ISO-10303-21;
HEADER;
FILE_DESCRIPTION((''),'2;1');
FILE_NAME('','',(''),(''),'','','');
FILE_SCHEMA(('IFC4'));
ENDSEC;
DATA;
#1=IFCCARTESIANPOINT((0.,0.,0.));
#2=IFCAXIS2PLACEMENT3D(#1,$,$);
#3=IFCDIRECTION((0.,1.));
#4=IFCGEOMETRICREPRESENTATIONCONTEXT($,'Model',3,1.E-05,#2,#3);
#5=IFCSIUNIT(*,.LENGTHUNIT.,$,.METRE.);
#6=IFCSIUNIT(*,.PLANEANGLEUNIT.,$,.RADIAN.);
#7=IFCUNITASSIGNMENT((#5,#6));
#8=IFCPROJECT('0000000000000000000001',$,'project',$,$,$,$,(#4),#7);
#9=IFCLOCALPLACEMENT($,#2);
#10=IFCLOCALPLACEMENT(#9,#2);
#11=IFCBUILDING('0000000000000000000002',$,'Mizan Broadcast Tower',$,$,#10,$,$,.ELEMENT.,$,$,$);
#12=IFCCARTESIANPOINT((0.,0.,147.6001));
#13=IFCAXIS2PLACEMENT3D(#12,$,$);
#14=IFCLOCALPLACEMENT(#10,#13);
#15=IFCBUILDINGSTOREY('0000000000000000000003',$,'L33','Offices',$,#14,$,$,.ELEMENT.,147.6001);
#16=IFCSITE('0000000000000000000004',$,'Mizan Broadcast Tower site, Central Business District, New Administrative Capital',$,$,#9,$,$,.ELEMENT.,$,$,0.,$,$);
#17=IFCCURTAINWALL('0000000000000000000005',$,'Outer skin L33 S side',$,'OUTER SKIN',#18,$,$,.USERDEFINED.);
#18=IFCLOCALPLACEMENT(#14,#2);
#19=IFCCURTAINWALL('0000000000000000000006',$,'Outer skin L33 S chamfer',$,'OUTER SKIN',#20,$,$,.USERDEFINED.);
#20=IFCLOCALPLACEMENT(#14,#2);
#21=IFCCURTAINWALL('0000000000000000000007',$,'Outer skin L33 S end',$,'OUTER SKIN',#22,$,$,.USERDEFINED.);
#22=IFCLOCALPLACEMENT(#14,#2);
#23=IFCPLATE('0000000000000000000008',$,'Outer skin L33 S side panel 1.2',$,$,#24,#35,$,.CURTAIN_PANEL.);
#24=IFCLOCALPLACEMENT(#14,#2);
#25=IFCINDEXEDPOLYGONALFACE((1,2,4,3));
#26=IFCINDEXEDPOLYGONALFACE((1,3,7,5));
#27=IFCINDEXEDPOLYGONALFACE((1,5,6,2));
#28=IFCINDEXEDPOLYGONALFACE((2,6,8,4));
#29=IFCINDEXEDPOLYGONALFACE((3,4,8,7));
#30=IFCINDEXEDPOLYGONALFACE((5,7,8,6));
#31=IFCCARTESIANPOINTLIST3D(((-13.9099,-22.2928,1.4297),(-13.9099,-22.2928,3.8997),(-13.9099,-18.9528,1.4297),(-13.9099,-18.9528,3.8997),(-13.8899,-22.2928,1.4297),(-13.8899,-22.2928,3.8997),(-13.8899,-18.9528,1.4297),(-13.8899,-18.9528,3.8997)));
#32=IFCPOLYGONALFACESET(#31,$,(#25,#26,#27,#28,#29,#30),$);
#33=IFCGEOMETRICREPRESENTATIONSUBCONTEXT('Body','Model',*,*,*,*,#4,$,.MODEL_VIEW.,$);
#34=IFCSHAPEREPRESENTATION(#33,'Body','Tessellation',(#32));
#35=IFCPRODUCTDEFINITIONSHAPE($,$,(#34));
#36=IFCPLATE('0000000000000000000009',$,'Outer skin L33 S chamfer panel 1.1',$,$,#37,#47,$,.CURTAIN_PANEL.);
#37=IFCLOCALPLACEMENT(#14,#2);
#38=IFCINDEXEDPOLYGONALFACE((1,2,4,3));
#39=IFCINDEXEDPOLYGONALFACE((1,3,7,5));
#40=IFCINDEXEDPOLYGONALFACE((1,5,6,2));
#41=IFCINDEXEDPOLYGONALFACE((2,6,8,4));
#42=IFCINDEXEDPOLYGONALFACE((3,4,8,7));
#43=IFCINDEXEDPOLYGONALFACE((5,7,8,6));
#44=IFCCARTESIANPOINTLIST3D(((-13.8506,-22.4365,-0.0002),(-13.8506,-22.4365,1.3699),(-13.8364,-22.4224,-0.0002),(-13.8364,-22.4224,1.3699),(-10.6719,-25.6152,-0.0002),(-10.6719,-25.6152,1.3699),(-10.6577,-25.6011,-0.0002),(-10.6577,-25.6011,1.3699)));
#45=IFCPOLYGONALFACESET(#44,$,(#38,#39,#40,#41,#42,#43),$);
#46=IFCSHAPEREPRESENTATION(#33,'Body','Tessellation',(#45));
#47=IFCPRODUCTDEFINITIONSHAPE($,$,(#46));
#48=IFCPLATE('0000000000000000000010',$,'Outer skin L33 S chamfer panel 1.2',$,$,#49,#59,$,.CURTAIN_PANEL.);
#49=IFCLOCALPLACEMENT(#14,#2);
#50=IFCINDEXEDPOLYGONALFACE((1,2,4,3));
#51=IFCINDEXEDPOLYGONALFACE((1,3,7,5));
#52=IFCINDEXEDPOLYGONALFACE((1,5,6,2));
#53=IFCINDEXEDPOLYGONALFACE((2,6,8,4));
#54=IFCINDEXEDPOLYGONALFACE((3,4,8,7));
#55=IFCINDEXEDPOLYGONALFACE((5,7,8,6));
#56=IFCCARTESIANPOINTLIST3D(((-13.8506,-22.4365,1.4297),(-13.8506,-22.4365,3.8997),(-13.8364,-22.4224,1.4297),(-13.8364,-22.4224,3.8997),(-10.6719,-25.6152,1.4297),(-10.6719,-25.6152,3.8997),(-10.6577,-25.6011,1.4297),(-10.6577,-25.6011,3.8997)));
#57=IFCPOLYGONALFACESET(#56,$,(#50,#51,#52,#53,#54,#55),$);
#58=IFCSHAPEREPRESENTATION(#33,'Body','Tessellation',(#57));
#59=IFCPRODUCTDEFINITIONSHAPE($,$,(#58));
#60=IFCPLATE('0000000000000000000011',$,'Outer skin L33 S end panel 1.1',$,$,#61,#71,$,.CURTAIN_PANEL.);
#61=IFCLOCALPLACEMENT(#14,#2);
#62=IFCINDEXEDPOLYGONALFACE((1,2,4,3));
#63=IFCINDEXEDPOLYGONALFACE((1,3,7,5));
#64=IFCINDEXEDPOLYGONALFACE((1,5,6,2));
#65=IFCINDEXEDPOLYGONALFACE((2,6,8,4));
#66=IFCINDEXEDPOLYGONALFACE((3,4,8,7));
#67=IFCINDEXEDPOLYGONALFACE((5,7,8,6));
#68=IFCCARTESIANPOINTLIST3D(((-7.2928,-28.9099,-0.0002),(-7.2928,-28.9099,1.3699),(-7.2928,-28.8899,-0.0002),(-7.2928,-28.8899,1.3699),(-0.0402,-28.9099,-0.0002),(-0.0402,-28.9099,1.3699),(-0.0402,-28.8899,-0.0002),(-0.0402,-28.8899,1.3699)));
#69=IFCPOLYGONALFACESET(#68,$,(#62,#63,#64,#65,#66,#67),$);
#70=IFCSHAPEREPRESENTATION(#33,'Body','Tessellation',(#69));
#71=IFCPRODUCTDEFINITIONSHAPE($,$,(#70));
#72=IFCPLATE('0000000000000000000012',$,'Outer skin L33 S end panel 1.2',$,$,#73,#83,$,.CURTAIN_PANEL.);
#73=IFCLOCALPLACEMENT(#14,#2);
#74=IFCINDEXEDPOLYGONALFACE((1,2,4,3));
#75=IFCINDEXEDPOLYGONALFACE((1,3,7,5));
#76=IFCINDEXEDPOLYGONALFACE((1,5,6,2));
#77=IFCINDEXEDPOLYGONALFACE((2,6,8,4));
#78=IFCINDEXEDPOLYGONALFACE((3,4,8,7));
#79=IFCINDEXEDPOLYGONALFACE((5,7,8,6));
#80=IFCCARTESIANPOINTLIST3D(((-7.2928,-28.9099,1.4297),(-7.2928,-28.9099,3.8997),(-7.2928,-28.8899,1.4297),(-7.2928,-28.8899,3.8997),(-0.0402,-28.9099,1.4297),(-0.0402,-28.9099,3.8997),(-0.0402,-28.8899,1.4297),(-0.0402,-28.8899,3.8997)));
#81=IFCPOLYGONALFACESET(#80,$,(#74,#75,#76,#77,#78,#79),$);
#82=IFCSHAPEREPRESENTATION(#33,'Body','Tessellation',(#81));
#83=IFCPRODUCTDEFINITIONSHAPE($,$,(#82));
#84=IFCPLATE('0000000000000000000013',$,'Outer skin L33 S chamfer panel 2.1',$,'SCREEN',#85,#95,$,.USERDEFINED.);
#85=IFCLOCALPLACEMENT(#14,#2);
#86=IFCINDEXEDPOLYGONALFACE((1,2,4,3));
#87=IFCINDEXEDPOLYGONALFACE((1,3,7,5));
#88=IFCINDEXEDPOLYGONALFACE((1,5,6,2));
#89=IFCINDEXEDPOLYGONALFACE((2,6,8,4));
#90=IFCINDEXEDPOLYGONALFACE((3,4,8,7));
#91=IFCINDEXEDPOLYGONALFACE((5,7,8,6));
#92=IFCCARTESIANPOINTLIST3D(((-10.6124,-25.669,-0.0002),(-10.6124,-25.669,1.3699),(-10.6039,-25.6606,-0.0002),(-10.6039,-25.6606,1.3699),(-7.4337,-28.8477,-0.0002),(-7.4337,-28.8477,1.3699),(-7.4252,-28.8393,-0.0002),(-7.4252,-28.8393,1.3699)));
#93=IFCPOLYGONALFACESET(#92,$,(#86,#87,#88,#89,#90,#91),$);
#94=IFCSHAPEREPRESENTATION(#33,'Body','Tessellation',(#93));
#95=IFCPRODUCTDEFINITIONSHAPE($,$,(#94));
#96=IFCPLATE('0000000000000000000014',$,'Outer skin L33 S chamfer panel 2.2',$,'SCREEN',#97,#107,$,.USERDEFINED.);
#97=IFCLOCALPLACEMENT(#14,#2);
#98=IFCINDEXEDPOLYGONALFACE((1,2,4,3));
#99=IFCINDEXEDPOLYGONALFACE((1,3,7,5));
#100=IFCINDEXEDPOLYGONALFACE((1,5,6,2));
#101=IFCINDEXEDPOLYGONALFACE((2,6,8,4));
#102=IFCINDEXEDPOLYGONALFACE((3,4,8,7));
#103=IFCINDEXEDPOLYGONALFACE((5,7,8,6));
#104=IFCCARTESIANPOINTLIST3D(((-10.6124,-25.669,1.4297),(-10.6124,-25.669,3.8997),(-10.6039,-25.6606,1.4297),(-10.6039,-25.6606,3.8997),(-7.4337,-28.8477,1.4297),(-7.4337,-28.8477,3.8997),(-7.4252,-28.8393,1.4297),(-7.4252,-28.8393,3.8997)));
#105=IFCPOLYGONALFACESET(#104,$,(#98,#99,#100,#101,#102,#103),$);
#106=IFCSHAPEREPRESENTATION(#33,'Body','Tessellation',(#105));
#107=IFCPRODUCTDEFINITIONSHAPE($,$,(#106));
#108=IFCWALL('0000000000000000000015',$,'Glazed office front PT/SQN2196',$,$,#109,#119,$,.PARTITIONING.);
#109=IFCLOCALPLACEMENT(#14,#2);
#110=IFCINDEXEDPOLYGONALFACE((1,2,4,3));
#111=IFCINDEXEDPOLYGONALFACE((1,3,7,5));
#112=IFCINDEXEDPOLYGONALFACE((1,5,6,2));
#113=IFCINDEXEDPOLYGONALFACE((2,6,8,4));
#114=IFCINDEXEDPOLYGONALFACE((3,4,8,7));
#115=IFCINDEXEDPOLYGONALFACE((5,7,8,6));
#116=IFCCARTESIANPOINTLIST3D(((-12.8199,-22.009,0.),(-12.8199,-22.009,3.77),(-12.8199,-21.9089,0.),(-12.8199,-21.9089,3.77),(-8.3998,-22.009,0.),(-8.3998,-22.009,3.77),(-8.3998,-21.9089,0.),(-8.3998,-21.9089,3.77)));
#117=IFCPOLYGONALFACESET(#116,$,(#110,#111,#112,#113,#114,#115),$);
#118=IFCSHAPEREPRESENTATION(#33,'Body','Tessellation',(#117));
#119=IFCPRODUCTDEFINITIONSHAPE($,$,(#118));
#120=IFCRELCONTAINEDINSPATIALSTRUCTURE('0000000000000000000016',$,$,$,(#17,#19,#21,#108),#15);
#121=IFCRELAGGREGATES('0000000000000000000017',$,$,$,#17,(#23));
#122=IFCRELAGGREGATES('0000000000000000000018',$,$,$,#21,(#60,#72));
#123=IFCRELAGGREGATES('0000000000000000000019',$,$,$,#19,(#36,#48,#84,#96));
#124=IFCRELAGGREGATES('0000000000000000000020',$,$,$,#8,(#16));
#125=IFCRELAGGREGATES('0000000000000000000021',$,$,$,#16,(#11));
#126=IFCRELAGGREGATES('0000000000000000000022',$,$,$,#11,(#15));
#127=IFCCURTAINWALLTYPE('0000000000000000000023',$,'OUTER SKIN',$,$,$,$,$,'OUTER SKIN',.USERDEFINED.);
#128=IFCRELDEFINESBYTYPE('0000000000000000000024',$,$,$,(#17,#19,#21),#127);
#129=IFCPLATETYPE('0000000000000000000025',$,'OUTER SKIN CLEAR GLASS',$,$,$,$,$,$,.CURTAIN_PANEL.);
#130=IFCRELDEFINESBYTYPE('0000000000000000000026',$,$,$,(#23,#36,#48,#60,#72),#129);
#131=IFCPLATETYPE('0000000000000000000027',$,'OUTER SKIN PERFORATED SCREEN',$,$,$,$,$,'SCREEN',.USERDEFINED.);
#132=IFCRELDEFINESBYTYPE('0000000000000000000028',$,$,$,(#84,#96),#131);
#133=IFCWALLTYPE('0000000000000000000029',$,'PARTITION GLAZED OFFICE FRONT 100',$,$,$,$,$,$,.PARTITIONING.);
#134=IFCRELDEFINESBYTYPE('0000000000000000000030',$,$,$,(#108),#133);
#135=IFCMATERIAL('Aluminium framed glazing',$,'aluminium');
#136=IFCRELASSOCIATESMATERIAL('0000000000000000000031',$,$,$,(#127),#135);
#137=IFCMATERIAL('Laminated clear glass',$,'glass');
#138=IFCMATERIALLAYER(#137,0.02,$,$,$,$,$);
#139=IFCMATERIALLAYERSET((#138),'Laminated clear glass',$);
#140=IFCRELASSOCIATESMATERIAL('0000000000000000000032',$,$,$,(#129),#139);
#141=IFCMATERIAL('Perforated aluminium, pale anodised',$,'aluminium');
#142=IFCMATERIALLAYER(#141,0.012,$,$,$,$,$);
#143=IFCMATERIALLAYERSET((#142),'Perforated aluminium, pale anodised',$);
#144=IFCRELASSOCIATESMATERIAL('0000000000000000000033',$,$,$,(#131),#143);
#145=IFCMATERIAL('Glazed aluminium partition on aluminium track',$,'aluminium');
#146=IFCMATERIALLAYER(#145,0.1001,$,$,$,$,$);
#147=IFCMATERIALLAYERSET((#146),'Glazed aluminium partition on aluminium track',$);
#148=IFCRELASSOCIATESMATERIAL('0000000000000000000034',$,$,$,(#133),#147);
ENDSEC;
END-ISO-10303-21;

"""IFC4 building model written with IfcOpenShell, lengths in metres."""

from ifc_helpers import new_model, si_unit, direction, frame, frame_2d, origin, origin_2d, place, context, subcontext, project, spatial, rectangle, extrude, material, layer, layer_set, type_object, element, aggregate, save


model = new_model("IFC4")

# Units and contexts
model_context = context("Model", 3, precision=1e-05, world=origin(), true_north=direction((0.0, 1.0)))
body_context = subcontext(model_context, "Body", "Model", "MODEL_VIEW")
ifc_project = project(units=[si_unit("LENGTHUNIT", "METRE"), si_unit("PLANEANGLEUNIT", "RADIAN")], contexts=[model_context])

# Site, building, storey
site_placement = place(None, origin())
site = spatial("IfcSite", under=ifc_project, at=site_placement, Name="Mizan Broadcast Tower site, Central Business District, New Administrative Capital", CompositionType="ELEMENT", RefElevation=0.0)
building_placement = place(site_placement, origin())
building = spatial("IfcBuilding", under=site, at=building_placement, Name="Mizan Broadcast Tower", CompositionType="ELEMENT")
storey_placement = place(building_placement, frame((0.0, 0.0, 147.6001)))
storey = spatial("IfcBuildingStorey", under=building, at=storey_placement, Name="L33", Description="Offices", CompositionType="ELEMENT", Elevation=147.6001)

# Curtain wall
ifc_material_1 = material(Name="Aluminium framed glazing", Category="aluminium")
curtain_wall_type_1 = type_object("IfcCurtainWallType", Name="OUTER SKIN", ElementType="OUTER SKIN", PredefinedType="USERDEFINED", material=ifc_material_1)
curtain_wall_1_placement = place(storey_placement, origin())
curtain_wall_1 = element("IfcCurtainWall", 1, at=curtain_wall_1_placement, inside=storey, type_object=curtain_wall_type_1, Name="Outer skin L33 S side", ObjectType="OUTER SKIN", PredefinedType="USERDEFINED")

# Curtain wall
curtain_wall_2_placement = place(storey_placement, origin())
curtain_wall_2 = element("IfcCurtainWall", 2, at=curtain_wall_2_placement, inside=storey, type_object=curtain_wall_type_1, Name="Outer skin L33 S chamfer", ObjectType="OUTER SKIN", PredefinedType="USERDEFINED")

# Curtain wall
curtain_wall_3_placement = place(storey_placement, origin())
curtain_wall_3 = element("IfcCurtainWall", 3, at=curtain_wall_3_placement, inside=storey, type_object=curtain_wall_type_1, Name="Outer skin L33 S end", ObjectType="OUTER SKIN", PredefinedType="USERDEFINED")

# Plates
ifc_material_2 = material(Name="Laminated clear glass", Category="glass")
ifc_layer_1 = layer(ifc_material_2, 0.02)
ifc_layer_set_1 = layer_set([ifc_layer_1], Name="Laminated clear glass")
plate_type_1 = type_object("IfcPlateType", Name="OUTER SKIN CLEAR GLASS", PredefinedType="CURTAIN_PANEL", material=ifc_layer_set_1)
plate_1_placement = place(storey_placement, frame((-13.8999, -20.6228, 1.4297), z_axis=(0.0, 0.0, 1.0), x_axis=(0.0, -1.0, 0.0)))
plate_1 = element("IfcPlate", 4, at=plate_1_placement, type_object=plate_type_1, Name="Outer skin L33 S side panel 1.2", PredefinedType="CURTAIN_PANEL", context=body_context, shape_type="SweptSolid", body=[
    extrude(rectangle(XDim=3.3401, YDim=0.02, at=origin_2d()), origin(), (0.0, 0.0, 1.0), 2.47),
])
aggregate(curtain_wall_1, [plate_1])
plate_2_placement = place(storey_placement, frame((-12.2542, -24.0188, -0.0002), z_axis=(0.0, 0.0, 1.0), x_axis=(0.707107, -0.707107, 0.0)))
plate_2 = element("IfcPlate", 5, at=plate_2_placement, type_object=plate_type_1, Name="Outer skin L33 S chamfer panel 1.1", PredefinedType="CURTAIN_PANEL", context=body_context, shape_type="SweptSolid", body=[
    extrude(rectangle(XDim=4.4954, YDim=0.02, at=origin_2d()), origin(), (0.0, 0.0, 1.0), 1.3701),
])
plate_3_placement = place(storey_placement, frame((-12.2542, -24.0188, 1.4297), z_axis=(0.0, 0.0, 1.0), x_axis=(0.707107, -0.707107, 0.0)))
plate_3 = element("IfcPlate", 6, at=plate_3_placement, type_object=plate_type_1, Name="Outer skin L33 S chamfer panel 1.2", PredefinedType="CURTAIN_PANEL", context=body_context, shape_type="SweptSolid", body=[
    extrude(rectangle(XDim=4.4954, YDim=0.02, at=origin_2d()), origin(), (0.0, 0.0, 1.0), 2.47),
])
plate_4_placement = place(storey_placement, frame((-3.6665, -28.8999, -0.0002), z_axis=(0.0, 0.0, 1.0), x_axis=(1.0, 0.0, 0.0)))
plate_4 = element("IfcPlate", 7, at=plate_4_placement, type_object=plate_type_1, Name="Outer skin L33 S end panel 1.1", PredefinedType="CURTAIN_PANEL", context=body_context, shape_type="SweptSolid", body=[
    extrude(rectangle(XDim=7.2527, YDim=0.02, at=origin_2d()), origin(), (0.0, 0.0, 1.0), 1.3701),
])
plate_5_placement = place(storey_placement, frame((-3.6665, -28.8999, 1.4297), z_axis=(0.0, 0.0, 1.0), x_axis=(1.0, 0.0, 0.0)))
plate_5 = element("IfcPlate", 8, at=plate_5_placement, type_object=plate_type_1, Name="Outer skin L33 S end panel 1.2", PredefinedType="CURTAIN_PANEL", context=body_context, shape_type="SweptSolid", body=[
    extrude(rectangle(XDim=7.2527, YDim=0.02, at=origin_2d()), origin(), (0.0, 0.0, 1.0), 2.47),
])
aggregate(curtain_wall_3, [plate_4, plate_5])
ifc_material_3 = material(Name="Perforated aluminium, pale anodised", Category="aluminium")
ifc_layer_2 = layer(ifc_material_3, 0.012)
ifc_layer_set_2 = layer_set([ifc_layer_2], Name="Perforated aluminium, pale anodised")
plate_type_2 = type_object("IfcPlateType", Name="OUTER SKIN PERFORATED SCREEN", ElementType="SCREEN", PredefinedType="USERDEFINED", material=ifc_layer_set_2)
plate_6_placement = place(storey_placement, frame((-9.0188, -27.2542, -0.0002), z_axis=(0.0, 0.0, 1.0), x_axis=(0.707107, -0.707107, 0.0)))
plate_6 = element("IfcPlate", 9, at=plate_6_placement, type_object=plate_type_2, Name="Outer skin L33 S chamfer panel 2.1", ObjectType="SCREEN", PredefinedType="USERDEFINED", context=body_context, shape_type="SweptSolid", body=[
    extrude(rectangle(XDim=4.4954, YDim=0.012, at=origin_2d()), origin(), (0.0, 0.0, 1.0), 1.3701),
])
plate_7_placement = place(storey_placement, frame((-9.0188, -27.2542, 1.4297), z_axis=(0.0, 0.0, 1.0), x_axis=(0.707107, -0.707107, 0.0)))
plate_7 = element("IfcPlate", 10, at=plate_7_placement, type_object=plate_type_2, Name="Outer skin L33 S chamfer panel 2.2", ObjectType="SCREEN", PredefinedType="USERDEFINED", context=body_context, shape_type="SweptSolid", body=[
    extrude(rectangle(XDim=4.4954, YDim=0.012, at=origin_2d()), origin(), (0.0, 0.0, 1.0), 2.47),
])
aggregate(curtain_wall_2, [plate_2, plate_3, plate_6, plate_7])

# Wall
ifc_material_4 = material(Name="Glazed aluminium partition on aluminium track", Category="aluminium")
ifc_layer_3 = layer(ifc_material_4, 0.1001)
ifc_layer_set_3 = layer_set([ifc_layer_3], Name="Glazed aluminium partition on aluminium track")
wall_type = type_object("IfcWallType", Name="PARTITION GLAZED OFFICE FRONT 100", PredefinedType="PARTITIONING", material=ifc_layer_set_3)
wall_placement = place(storey_placement, frame((-8.3999, -21.959, 0.0), z_axis=(0.0, 0.0, 1.0), x_axis=(-1.0, 0.0, 0.0)))
element("IfcWall", 11, at=wall_placement, inside=storey, type_object=wall_type, Name="Glazed office front PT/SQN2196", PredefinedType="PARTITIONING", context=body_context, shape_type="SweptSolid", body=[
    extrude(rectangle(XDim=4.4202, YDim=0.1001, at=frame_2d((2.21, 0.0))), origin(), (0.0, 0.0, 1.0), 3.77),
])

save(model, "model.ifc")
